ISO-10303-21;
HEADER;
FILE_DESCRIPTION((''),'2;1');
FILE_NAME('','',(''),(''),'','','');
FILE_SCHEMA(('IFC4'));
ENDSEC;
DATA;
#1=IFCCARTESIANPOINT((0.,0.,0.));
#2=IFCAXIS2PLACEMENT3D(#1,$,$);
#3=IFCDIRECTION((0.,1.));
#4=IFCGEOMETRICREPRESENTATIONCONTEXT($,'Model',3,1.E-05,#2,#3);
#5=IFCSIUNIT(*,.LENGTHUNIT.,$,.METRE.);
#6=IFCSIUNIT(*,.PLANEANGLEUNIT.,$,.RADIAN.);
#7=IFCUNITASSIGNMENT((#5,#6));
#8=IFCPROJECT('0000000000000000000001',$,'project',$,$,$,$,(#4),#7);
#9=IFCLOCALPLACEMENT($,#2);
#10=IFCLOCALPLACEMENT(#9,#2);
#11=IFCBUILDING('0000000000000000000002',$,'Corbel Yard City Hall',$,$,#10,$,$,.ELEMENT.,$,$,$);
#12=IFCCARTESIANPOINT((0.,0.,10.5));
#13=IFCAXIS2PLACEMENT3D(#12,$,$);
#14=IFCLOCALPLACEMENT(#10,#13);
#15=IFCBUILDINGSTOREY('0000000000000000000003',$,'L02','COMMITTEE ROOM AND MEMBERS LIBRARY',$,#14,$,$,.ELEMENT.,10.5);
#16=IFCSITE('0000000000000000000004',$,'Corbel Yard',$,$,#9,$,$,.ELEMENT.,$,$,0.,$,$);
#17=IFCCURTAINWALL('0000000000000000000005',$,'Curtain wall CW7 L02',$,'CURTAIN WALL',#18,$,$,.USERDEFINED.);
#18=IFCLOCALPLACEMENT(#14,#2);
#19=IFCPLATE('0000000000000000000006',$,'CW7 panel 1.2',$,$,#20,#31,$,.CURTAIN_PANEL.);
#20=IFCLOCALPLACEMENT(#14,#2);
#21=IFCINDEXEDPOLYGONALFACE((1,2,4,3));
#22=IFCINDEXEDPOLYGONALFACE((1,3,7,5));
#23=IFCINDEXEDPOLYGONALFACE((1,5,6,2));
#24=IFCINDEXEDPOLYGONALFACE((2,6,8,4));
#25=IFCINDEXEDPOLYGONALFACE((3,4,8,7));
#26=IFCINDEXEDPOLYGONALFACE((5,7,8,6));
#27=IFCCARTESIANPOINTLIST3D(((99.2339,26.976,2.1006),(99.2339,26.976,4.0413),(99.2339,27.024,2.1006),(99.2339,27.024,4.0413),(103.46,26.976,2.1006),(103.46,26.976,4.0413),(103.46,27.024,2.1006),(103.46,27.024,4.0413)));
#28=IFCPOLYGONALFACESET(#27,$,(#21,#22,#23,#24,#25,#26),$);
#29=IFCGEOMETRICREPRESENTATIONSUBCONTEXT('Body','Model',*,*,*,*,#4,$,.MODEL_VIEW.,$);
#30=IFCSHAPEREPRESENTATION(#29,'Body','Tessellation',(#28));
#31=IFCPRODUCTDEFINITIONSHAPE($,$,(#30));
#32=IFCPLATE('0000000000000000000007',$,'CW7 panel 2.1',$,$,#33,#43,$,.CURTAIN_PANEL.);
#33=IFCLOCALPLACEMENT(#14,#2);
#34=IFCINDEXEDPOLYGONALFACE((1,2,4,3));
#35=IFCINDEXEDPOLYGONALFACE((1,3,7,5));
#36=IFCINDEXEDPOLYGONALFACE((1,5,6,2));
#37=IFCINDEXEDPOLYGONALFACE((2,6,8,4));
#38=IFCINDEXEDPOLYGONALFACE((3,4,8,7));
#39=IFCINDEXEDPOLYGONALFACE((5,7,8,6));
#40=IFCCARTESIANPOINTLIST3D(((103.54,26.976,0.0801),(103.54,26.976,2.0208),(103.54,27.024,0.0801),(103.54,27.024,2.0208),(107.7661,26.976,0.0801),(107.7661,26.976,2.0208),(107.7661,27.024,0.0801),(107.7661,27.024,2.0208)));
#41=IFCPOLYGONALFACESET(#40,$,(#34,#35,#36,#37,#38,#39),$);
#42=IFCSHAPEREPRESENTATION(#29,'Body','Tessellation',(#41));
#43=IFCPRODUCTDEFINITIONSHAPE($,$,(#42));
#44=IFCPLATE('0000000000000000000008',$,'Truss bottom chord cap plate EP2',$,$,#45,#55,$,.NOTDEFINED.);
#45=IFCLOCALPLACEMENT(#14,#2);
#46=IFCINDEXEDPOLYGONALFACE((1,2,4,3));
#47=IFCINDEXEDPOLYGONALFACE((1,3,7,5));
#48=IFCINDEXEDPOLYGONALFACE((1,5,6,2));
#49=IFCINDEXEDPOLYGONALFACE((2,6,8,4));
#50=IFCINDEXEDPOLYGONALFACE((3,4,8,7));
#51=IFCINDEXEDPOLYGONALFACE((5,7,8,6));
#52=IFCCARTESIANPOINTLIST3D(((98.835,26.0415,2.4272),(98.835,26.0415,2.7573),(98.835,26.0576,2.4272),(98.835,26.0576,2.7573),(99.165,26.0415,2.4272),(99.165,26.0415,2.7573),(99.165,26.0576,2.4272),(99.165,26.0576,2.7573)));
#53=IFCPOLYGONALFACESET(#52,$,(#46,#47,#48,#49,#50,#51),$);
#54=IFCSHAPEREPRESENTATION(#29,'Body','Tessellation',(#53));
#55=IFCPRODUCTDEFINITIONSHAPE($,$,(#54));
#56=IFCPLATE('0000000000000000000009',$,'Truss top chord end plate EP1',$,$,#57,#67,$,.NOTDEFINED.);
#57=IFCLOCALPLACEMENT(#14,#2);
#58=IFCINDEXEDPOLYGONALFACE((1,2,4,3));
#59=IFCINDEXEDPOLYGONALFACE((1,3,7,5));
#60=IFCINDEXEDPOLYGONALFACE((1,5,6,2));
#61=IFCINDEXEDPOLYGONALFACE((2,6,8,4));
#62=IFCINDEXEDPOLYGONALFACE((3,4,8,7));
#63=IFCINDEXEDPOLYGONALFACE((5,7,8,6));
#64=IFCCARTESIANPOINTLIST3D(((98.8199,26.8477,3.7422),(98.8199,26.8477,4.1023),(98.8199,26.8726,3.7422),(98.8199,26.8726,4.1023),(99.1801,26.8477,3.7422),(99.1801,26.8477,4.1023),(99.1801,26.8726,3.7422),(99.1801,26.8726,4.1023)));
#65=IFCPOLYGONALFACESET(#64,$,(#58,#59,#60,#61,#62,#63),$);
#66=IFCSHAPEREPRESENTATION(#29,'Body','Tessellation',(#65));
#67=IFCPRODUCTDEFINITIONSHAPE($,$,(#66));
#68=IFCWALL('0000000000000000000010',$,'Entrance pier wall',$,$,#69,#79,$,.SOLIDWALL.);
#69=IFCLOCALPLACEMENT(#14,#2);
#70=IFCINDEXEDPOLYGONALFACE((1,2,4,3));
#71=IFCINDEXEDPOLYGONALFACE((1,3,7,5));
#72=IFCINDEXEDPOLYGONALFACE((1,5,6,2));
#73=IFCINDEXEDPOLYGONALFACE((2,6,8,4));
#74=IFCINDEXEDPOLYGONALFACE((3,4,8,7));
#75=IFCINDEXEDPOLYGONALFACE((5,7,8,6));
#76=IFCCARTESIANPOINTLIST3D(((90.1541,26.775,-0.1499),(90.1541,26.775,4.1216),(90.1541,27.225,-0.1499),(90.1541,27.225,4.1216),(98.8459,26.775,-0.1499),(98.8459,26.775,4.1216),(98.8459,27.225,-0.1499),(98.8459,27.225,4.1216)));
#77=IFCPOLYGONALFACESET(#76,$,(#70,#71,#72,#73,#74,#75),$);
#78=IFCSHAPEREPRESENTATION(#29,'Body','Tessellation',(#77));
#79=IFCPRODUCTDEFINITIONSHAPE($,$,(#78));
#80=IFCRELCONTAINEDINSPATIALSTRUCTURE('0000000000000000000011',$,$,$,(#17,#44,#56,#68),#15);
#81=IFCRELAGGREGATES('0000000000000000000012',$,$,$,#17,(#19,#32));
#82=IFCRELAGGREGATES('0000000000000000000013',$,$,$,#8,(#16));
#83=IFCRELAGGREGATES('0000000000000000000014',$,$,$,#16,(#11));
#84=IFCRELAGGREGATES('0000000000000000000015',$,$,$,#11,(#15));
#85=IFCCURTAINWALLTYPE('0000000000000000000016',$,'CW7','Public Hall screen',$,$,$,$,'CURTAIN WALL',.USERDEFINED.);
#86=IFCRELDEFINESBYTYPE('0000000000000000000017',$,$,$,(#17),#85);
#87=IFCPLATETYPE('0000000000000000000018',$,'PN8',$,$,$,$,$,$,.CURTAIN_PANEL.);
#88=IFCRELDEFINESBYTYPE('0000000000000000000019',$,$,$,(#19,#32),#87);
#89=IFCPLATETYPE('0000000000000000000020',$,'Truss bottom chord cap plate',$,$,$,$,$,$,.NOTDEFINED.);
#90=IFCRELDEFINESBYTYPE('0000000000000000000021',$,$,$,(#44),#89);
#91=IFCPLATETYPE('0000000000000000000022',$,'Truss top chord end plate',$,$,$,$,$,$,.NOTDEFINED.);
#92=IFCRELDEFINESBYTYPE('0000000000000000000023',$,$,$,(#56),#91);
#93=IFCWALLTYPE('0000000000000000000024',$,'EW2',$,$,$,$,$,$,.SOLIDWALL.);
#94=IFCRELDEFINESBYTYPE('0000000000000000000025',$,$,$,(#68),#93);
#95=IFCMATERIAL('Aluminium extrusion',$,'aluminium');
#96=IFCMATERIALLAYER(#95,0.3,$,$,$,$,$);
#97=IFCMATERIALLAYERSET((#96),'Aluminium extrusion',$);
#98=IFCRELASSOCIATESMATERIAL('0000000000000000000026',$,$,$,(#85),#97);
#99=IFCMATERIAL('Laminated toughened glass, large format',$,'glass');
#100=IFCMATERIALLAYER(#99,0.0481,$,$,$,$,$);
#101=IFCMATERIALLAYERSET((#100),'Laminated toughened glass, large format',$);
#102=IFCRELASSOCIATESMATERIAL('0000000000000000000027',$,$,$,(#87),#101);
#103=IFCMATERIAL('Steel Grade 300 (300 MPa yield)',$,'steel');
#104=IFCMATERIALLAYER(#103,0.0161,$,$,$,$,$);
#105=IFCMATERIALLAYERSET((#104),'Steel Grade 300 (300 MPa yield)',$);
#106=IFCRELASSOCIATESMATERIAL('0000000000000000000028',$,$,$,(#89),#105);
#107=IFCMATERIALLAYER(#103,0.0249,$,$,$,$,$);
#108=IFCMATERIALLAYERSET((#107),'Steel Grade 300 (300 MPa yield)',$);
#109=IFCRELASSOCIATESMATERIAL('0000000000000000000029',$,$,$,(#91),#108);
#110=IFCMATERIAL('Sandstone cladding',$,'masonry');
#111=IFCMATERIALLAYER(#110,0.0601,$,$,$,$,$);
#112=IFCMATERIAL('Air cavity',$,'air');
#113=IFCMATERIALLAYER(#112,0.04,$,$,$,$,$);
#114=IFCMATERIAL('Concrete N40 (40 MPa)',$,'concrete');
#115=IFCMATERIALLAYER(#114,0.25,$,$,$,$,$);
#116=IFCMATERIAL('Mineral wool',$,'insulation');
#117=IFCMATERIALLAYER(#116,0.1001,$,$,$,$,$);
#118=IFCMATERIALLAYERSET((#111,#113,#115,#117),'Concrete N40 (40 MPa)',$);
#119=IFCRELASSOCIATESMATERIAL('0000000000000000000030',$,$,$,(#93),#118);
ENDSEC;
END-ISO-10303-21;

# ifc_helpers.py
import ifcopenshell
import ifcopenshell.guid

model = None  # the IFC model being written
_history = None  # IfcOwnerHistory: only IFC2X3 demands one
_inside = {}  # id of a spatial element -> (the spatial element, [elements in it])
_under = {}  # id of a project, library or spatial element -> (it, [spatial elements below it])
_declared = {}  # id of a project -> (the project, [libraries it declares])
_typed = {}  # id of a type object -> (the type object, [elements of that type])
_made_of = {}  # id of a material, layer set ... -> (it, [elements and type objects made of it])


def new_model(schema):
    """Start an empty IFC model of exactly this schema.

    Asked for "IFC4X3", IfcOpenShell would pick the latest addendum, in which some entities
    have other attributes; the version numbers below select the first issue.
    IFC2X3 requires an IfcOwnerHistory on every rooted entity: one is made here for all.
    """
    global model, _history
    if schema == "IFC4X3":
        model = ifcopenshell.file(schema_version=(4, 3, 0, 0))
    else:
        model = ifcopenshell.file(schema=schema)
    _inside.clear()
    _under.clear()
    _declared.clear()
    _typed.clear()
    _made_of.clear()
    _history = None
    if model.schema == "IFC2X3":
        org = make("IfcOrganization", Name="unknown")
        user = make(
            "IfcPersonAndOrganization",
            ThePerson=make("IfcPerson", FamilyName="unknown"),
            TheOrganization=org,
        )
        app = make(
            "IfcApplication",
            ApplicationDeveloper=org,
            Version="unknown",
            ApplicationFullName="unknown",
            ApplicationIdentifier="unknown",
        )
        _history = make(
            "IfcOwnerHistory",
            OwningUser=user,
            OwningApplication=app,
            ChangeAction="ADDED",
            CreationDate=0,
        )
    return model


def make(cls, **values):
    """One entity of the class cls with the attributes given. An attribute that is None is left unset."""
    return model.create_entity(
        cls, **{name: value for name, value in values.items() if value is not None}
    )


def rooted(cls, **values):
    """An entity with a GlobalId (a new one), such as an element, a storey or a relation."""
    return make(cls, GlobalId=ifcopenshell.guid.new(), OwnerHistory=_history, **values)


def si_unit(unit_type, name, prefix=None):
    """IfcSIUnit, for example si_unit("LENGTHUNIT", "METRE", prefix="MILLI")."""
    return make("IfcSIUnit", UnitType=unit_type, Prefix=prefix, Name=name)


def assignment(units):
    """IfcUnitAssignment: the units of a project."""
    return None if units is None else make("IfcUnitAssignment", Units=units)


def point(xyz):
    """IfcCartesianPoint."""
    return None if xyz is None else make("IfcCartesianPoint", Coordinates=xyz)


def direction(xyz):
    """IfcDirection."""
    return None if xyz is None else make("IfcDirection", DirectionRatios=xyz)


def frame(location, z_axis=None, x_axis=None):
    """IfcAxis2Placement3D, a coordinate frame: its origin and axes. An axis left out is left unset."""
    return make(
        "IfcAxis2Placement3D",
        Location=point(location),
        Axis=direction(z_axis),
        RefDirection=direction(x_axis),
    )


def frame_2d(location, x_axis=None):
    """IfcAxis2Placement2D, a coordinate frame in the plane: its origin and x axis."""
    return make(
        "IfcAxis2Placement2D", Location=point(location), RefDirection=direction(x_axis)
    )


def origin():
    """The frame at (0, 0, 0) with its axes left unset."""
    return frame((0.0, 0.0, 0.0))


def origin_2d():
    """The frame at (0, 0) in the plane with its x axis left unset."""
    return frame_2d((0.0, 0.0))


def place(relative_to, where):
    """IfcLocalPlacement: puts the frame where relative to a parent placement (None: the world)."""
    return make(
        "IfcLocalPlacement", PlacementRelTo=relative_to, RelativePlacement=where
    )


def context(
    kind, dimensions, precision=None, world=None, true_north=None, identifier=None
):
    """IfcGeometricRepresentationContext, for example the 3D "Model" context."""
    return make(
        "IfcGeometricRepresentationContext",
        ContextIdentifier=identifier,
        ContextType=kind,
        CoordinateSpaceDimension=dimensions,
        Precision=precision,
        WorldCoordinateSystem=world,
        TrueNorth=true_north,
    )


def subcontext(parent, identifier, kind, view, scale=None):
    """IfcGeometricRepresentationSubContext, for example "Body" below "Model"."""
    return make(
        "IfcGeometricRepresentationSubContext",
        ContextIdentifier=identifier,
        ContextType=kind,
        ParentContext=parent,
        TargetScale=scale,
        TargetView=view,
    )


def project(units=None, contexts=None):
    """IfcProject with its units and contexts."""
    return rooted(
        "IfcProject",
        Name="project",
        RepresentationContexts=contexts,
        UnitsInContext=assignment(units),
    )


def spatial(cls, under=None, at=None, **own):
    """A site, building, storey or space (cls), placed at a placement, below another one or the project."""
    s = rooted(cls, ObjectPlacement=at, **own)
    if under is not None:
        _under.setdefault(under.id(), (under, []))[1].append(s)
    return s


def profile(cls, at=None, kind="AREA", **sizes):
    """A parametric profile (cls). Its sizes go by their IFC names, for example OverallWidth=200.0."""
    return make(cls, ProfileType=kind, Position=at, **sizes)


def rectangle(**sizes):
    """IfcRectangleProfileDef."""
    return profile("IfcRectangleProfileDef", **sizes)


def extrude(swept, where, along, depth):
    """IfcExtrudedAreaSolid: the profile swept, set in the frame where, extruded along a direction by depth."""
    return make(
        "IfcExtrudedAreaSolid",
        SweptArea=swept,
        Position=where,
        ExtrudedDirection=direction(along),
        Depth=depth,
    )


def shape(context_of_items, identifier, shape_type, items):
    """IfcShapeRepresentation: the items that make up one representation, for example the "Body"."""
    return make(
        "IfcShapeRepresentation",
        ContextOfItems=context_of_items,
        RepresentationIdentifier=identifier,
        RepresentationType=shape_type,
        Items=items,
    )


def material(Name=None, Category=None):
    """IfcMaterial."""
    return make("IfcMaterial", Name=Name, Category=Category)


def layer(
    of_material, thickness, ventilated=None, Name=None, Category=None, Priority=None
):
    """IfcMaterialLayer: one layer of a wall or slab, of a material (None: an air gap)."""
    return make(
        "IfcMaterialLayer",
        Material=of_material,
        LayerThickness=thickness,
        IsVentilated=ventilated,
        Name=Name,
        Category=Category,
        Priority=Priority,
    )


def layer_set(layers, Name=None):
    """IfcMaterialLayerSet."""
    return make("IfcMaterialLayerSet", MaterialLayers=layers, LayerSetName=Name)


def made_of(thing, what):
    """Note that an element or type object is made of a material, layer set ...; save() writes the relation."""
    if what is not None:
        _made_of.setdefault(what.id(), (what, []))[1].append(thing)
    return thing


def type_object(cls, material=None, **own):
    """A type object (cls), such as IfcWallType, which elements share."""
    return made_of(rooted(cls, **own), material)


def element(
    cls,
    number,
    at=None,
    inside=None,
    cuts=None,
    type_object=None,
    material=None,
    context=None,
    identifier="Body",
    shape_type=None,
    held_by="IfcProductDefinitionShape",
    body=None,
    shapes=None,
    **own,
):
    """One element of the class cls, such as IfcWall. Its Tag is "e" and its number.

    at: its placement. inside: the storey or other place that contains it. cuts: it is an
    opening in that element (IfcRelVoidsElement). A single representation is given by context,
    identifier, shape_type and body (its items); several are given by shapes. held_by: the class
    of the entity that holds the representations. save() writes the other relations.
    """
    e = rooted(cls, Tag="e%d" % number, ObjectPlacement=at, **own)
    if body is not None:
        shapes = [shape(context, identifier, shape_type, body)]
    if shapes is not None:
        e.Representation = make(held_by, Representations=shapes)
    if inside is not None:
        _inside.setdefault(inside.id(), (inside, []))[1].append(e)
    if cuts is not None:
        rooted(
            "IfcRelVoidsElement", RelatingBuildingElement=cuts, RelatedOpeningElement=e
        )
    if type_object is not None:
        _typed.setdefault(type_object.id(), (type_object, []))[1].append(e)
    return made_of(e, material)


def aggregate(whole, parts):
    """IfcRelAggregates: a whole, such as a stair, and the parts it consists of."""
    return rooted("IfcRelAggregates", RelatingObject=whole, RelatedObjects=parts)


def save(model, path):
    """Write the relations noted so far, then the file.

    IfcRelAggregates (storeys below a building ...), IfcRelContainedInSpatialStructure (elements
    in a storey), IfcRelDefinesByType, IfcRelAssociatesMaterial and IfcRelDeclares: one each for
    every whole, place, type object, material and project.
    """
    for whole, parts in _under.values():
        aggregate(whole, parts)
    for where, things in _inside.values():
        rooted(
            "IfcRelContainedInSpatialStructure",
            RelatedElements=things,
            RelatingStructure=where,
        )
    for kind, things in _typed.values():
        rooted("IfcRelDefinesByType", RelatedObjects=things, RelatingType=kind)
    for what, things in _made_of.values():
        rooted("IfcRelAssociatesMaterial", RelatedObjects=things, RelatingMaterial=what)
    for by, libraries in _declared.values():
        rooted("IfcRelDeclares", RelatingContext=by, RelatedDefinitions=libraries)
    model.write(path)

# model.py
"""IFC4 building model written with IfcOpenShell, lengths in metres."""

from ifc_helpers import new_model, si_unit, direction, frame, frame_2d, origin, origin_2d, place, context, subcontext, project, spatial, rectangle, extrude, material, layer, layer_set, type_object, element, aggregate, save


model = new_model("IFC4")

# Units and contexts
model_context = context("Model", 3, precision=1e-05, world=origin(), true_north=direction((0.0, 1.0)))
body_context = subcontext(model_context, "Body", "Model", "MODEL_VIEW")
ifc_project = project(units=[si_unit("LENGTHUNIT", "METRE"), si_unit("PLANEANGLEUNIT", "RADIAN")], contexts=[model_context])

# Site, building, storey
site_placement = place(None, origin())
site = spatial("IfcSite", under=ifc_project, at=site_placement, Name="Corbel Yard", CompositionType="ELEMENT", RefElevation=0.0)
building_placement = place(site_placement, origin())
building = spatial("IfcBuilding", under=site, at=building_placement, Name="Corbel Yard City Hall", CompositionType="ELEMENT")
storey_placement = place(building_placement, frame((0.0, 0.0, 10.5)))
storey = spatial("IfcBuildingStorey", under=building, at=storey_placement, Name="L02", Description="COMMITTEE ROOM AND MEMBERS LIBRARY", CompositionType="ELEMENT", Elevation=10.5)

# Shared definitions
ifc_material_1 = material(Name="Steel Grade 300 (300 MPa yield)", Category="steel")

# Curtain wall
ifc_material_2 = material(Name="Aluminium extrusion", Category="aluminium")
ifc_layer_1 = layer(ifc_material_2, 0.3)
ifc_layer_set_1 = layer_set([ifc_layer_1], Name="Aluminium extrusion")
curtain_wall_type = type_object("IfcCurtainWallType", Name="CW7", Description="Public Hall screen", ElementType="CURTAIN WALL", PredefinedType="USERDEFINED", material=ifc_layer_set_1)
curtain_wall_placement = place(storey_placement, origin())
curtain_wall = element("IfcCurtainWall", 1, at=curtain_wall_placement, inside=storey, type_object=curtain_wall_type, Name="Curtain wall CW7 L02", ObjectType="CURTAIN WALL", PredefinedType="USERDEFINED")

# Plates
ifc_material_3 = material(Name="Laminated toughened glass, large format", Category="glass")
ifc_layer_2 = layer(ifc_material_3, 0.0481)
ifc_layer_set_2 = layer_set([ifc_layer_2], Name="Laminated toughened glass, large format")
plate_type_1 = type_object("IfcPlateType", Name="PN8", PredefinedType="CURTAIN_PANEL", material=ifc_layer_set_2)
plate_1_placement = place(storey_placement, frame((101.3469, 27.0, 2.1006), z_axis=(0.0, 0.0, 1.0), x_axis=(1.0, 0.0, 0.0)))
plate_1 = element("IfcPlate", 2, at=plate_1_placement, type_object=plate_type_1, Name="CW7 panel 1.2", PredefinedType="CURTAIN_PANEL", context=body_context, shape_type="SweptSolid", body=[
    extrude(rectangle(XDim=4.2261, YDim=0.0481, at=origin_2d()), origin(), (0.0, 0.0, 1.0), 1.9407),
])
plate_2_placement = place(storey_placement, frame((105.6531, 27.0, 0.0801), z_axis=(0.0, 0.0, 1.0), x_axis=(1.0, 0.0, 0.0)))
plate_2 = element("IfcPlate", 3, at=plate_2_placement, type_object=plate_type_1, Name="CW7 panel 2.1", PredefinedType="CURTAIN_PANEL", context=body_context, shape_type="SweptSolid", body=[
    extrude(rectangle(XDim=4.2261, YDim=0.0481, at=origin_2d()), origin(), (0.0, 0.0, 1.0), 1.9407),
])
aggregate(curtain_wall, [plate_1, plate_2])

# Plates
ifc_layer_3 = layer(ifc_material_1, 0.0161)
ifc_layer_set_3 = layer_set([ifc_layer_3], Name="Steel Grade 300 (300 MPa yield)")
plate_type_2 = type_object("IfcPlateType", Name="Truss bottom chord cap plate", PredefinedType="NOTDEFINED", material=ifc_layer_set_3)
plate_3_placement = place(storey_placement, frame((99.0, 26.0496, 2.4272), z_axis=(0.0, 0.0, 1.0), x_axis=(1.0, 0.0, 0.0)))
element("IfcPlate", 4, at=plate_3_placement, inside=storey, type_object=plate_type_2, Name="Truss bottom chord cap plate EP2", PredefinedType="NOTDEFINED", context=body_context, shape_type="SweptSolid", body=[
    extrude(rectangle(XDim=0.3301, YDim=0.0161, at=origin_2d()), origin(), (0.0, 0.0, 1.0), 0.3301),
])
ifc_layer_4 = layer(ifc_material_1, 0.0249)
ifc_layer_set_4 = layer_set([ifc_layer_4], Name="Steel Grade 300 (300 MPa yield)")
plate_type_3 = type_object("IfcPlateType", Name="Truss top chord end plate", PredefinedType="NOTDEFINED", material=ifc_layer_set_4)
plate_4_placement = place(storey_placement, frame((99.0, 26.8601, 3.7422), z_axis=(0.0, 0.0, 1.0), x_axis=(1.0, 0.0, 0.0)))
element("IfcPlate", 5, at=plate_4_placement, inside=storey, type_object=plate_type_3, Name="Truss top chord end plate EP1", PredefinedType="NOTDEFINED", context=body_context, shape_type="SweptSolid", body=[
    extrude(rectangle(XDim=0.3601, YDim=0.0249, at=origin_2d()), origin(), (0.0, 0.0, 1.0), 0.3601),
])

# Wall
ifc_material_4 = material(Name="Sandstone cladding", Category="masonry")
ifc_layer_5 = layer(ifc_material_4, 0.0601)
ifc_material_5 = material(Name="Air cavity", Category="air")
ifc_layer_6 = layer(ifc_material_5, 0.04)
ifc_material_6 = material(Name="Concrete N40 (40 MPa)", Category="concrete")
ifc_layer_7 = layer(ifc_material_6, 0.25)
ifc_material_7 = material(Name="Mineral wool", Category="insulation")
ifc_layer_8 = layer(ifc_material_7, 0.1001)
ifc_layer_set_5 = layer_set([ifc_layer_5, ifc_layer_6, ifc_layer_7, ifc_layer_8], Name="Concrete N40 (40 MPa)")
wall_type = type_object("IfcWallType", Name="EW2", PredefinedType="SOLIDWALL", material=ifc_layer_set_5)
wall_placement = place(storey_placement, frame((90.1541, 27.0, -0.1499), z_axis=(0.0, 0.0, 1.0), x_axis=(1.0, 0.0, 0.0)))
element("IfcWall", 6, at=wall_placement, inside=storey, type_object=wall_type, Name="Entrance pier wall", PredefinedType="SOLIDWALL", context=body_context, shape_type="SweptSolid", body=[
    extrude(rectangle(XDim=8.6919, YDim=0.45, at=frame_2d((4.3459, 0.0))), origin(), (0.0, 0.0, 1.0), 4.2715),
])

save(model, "model.ifc")
